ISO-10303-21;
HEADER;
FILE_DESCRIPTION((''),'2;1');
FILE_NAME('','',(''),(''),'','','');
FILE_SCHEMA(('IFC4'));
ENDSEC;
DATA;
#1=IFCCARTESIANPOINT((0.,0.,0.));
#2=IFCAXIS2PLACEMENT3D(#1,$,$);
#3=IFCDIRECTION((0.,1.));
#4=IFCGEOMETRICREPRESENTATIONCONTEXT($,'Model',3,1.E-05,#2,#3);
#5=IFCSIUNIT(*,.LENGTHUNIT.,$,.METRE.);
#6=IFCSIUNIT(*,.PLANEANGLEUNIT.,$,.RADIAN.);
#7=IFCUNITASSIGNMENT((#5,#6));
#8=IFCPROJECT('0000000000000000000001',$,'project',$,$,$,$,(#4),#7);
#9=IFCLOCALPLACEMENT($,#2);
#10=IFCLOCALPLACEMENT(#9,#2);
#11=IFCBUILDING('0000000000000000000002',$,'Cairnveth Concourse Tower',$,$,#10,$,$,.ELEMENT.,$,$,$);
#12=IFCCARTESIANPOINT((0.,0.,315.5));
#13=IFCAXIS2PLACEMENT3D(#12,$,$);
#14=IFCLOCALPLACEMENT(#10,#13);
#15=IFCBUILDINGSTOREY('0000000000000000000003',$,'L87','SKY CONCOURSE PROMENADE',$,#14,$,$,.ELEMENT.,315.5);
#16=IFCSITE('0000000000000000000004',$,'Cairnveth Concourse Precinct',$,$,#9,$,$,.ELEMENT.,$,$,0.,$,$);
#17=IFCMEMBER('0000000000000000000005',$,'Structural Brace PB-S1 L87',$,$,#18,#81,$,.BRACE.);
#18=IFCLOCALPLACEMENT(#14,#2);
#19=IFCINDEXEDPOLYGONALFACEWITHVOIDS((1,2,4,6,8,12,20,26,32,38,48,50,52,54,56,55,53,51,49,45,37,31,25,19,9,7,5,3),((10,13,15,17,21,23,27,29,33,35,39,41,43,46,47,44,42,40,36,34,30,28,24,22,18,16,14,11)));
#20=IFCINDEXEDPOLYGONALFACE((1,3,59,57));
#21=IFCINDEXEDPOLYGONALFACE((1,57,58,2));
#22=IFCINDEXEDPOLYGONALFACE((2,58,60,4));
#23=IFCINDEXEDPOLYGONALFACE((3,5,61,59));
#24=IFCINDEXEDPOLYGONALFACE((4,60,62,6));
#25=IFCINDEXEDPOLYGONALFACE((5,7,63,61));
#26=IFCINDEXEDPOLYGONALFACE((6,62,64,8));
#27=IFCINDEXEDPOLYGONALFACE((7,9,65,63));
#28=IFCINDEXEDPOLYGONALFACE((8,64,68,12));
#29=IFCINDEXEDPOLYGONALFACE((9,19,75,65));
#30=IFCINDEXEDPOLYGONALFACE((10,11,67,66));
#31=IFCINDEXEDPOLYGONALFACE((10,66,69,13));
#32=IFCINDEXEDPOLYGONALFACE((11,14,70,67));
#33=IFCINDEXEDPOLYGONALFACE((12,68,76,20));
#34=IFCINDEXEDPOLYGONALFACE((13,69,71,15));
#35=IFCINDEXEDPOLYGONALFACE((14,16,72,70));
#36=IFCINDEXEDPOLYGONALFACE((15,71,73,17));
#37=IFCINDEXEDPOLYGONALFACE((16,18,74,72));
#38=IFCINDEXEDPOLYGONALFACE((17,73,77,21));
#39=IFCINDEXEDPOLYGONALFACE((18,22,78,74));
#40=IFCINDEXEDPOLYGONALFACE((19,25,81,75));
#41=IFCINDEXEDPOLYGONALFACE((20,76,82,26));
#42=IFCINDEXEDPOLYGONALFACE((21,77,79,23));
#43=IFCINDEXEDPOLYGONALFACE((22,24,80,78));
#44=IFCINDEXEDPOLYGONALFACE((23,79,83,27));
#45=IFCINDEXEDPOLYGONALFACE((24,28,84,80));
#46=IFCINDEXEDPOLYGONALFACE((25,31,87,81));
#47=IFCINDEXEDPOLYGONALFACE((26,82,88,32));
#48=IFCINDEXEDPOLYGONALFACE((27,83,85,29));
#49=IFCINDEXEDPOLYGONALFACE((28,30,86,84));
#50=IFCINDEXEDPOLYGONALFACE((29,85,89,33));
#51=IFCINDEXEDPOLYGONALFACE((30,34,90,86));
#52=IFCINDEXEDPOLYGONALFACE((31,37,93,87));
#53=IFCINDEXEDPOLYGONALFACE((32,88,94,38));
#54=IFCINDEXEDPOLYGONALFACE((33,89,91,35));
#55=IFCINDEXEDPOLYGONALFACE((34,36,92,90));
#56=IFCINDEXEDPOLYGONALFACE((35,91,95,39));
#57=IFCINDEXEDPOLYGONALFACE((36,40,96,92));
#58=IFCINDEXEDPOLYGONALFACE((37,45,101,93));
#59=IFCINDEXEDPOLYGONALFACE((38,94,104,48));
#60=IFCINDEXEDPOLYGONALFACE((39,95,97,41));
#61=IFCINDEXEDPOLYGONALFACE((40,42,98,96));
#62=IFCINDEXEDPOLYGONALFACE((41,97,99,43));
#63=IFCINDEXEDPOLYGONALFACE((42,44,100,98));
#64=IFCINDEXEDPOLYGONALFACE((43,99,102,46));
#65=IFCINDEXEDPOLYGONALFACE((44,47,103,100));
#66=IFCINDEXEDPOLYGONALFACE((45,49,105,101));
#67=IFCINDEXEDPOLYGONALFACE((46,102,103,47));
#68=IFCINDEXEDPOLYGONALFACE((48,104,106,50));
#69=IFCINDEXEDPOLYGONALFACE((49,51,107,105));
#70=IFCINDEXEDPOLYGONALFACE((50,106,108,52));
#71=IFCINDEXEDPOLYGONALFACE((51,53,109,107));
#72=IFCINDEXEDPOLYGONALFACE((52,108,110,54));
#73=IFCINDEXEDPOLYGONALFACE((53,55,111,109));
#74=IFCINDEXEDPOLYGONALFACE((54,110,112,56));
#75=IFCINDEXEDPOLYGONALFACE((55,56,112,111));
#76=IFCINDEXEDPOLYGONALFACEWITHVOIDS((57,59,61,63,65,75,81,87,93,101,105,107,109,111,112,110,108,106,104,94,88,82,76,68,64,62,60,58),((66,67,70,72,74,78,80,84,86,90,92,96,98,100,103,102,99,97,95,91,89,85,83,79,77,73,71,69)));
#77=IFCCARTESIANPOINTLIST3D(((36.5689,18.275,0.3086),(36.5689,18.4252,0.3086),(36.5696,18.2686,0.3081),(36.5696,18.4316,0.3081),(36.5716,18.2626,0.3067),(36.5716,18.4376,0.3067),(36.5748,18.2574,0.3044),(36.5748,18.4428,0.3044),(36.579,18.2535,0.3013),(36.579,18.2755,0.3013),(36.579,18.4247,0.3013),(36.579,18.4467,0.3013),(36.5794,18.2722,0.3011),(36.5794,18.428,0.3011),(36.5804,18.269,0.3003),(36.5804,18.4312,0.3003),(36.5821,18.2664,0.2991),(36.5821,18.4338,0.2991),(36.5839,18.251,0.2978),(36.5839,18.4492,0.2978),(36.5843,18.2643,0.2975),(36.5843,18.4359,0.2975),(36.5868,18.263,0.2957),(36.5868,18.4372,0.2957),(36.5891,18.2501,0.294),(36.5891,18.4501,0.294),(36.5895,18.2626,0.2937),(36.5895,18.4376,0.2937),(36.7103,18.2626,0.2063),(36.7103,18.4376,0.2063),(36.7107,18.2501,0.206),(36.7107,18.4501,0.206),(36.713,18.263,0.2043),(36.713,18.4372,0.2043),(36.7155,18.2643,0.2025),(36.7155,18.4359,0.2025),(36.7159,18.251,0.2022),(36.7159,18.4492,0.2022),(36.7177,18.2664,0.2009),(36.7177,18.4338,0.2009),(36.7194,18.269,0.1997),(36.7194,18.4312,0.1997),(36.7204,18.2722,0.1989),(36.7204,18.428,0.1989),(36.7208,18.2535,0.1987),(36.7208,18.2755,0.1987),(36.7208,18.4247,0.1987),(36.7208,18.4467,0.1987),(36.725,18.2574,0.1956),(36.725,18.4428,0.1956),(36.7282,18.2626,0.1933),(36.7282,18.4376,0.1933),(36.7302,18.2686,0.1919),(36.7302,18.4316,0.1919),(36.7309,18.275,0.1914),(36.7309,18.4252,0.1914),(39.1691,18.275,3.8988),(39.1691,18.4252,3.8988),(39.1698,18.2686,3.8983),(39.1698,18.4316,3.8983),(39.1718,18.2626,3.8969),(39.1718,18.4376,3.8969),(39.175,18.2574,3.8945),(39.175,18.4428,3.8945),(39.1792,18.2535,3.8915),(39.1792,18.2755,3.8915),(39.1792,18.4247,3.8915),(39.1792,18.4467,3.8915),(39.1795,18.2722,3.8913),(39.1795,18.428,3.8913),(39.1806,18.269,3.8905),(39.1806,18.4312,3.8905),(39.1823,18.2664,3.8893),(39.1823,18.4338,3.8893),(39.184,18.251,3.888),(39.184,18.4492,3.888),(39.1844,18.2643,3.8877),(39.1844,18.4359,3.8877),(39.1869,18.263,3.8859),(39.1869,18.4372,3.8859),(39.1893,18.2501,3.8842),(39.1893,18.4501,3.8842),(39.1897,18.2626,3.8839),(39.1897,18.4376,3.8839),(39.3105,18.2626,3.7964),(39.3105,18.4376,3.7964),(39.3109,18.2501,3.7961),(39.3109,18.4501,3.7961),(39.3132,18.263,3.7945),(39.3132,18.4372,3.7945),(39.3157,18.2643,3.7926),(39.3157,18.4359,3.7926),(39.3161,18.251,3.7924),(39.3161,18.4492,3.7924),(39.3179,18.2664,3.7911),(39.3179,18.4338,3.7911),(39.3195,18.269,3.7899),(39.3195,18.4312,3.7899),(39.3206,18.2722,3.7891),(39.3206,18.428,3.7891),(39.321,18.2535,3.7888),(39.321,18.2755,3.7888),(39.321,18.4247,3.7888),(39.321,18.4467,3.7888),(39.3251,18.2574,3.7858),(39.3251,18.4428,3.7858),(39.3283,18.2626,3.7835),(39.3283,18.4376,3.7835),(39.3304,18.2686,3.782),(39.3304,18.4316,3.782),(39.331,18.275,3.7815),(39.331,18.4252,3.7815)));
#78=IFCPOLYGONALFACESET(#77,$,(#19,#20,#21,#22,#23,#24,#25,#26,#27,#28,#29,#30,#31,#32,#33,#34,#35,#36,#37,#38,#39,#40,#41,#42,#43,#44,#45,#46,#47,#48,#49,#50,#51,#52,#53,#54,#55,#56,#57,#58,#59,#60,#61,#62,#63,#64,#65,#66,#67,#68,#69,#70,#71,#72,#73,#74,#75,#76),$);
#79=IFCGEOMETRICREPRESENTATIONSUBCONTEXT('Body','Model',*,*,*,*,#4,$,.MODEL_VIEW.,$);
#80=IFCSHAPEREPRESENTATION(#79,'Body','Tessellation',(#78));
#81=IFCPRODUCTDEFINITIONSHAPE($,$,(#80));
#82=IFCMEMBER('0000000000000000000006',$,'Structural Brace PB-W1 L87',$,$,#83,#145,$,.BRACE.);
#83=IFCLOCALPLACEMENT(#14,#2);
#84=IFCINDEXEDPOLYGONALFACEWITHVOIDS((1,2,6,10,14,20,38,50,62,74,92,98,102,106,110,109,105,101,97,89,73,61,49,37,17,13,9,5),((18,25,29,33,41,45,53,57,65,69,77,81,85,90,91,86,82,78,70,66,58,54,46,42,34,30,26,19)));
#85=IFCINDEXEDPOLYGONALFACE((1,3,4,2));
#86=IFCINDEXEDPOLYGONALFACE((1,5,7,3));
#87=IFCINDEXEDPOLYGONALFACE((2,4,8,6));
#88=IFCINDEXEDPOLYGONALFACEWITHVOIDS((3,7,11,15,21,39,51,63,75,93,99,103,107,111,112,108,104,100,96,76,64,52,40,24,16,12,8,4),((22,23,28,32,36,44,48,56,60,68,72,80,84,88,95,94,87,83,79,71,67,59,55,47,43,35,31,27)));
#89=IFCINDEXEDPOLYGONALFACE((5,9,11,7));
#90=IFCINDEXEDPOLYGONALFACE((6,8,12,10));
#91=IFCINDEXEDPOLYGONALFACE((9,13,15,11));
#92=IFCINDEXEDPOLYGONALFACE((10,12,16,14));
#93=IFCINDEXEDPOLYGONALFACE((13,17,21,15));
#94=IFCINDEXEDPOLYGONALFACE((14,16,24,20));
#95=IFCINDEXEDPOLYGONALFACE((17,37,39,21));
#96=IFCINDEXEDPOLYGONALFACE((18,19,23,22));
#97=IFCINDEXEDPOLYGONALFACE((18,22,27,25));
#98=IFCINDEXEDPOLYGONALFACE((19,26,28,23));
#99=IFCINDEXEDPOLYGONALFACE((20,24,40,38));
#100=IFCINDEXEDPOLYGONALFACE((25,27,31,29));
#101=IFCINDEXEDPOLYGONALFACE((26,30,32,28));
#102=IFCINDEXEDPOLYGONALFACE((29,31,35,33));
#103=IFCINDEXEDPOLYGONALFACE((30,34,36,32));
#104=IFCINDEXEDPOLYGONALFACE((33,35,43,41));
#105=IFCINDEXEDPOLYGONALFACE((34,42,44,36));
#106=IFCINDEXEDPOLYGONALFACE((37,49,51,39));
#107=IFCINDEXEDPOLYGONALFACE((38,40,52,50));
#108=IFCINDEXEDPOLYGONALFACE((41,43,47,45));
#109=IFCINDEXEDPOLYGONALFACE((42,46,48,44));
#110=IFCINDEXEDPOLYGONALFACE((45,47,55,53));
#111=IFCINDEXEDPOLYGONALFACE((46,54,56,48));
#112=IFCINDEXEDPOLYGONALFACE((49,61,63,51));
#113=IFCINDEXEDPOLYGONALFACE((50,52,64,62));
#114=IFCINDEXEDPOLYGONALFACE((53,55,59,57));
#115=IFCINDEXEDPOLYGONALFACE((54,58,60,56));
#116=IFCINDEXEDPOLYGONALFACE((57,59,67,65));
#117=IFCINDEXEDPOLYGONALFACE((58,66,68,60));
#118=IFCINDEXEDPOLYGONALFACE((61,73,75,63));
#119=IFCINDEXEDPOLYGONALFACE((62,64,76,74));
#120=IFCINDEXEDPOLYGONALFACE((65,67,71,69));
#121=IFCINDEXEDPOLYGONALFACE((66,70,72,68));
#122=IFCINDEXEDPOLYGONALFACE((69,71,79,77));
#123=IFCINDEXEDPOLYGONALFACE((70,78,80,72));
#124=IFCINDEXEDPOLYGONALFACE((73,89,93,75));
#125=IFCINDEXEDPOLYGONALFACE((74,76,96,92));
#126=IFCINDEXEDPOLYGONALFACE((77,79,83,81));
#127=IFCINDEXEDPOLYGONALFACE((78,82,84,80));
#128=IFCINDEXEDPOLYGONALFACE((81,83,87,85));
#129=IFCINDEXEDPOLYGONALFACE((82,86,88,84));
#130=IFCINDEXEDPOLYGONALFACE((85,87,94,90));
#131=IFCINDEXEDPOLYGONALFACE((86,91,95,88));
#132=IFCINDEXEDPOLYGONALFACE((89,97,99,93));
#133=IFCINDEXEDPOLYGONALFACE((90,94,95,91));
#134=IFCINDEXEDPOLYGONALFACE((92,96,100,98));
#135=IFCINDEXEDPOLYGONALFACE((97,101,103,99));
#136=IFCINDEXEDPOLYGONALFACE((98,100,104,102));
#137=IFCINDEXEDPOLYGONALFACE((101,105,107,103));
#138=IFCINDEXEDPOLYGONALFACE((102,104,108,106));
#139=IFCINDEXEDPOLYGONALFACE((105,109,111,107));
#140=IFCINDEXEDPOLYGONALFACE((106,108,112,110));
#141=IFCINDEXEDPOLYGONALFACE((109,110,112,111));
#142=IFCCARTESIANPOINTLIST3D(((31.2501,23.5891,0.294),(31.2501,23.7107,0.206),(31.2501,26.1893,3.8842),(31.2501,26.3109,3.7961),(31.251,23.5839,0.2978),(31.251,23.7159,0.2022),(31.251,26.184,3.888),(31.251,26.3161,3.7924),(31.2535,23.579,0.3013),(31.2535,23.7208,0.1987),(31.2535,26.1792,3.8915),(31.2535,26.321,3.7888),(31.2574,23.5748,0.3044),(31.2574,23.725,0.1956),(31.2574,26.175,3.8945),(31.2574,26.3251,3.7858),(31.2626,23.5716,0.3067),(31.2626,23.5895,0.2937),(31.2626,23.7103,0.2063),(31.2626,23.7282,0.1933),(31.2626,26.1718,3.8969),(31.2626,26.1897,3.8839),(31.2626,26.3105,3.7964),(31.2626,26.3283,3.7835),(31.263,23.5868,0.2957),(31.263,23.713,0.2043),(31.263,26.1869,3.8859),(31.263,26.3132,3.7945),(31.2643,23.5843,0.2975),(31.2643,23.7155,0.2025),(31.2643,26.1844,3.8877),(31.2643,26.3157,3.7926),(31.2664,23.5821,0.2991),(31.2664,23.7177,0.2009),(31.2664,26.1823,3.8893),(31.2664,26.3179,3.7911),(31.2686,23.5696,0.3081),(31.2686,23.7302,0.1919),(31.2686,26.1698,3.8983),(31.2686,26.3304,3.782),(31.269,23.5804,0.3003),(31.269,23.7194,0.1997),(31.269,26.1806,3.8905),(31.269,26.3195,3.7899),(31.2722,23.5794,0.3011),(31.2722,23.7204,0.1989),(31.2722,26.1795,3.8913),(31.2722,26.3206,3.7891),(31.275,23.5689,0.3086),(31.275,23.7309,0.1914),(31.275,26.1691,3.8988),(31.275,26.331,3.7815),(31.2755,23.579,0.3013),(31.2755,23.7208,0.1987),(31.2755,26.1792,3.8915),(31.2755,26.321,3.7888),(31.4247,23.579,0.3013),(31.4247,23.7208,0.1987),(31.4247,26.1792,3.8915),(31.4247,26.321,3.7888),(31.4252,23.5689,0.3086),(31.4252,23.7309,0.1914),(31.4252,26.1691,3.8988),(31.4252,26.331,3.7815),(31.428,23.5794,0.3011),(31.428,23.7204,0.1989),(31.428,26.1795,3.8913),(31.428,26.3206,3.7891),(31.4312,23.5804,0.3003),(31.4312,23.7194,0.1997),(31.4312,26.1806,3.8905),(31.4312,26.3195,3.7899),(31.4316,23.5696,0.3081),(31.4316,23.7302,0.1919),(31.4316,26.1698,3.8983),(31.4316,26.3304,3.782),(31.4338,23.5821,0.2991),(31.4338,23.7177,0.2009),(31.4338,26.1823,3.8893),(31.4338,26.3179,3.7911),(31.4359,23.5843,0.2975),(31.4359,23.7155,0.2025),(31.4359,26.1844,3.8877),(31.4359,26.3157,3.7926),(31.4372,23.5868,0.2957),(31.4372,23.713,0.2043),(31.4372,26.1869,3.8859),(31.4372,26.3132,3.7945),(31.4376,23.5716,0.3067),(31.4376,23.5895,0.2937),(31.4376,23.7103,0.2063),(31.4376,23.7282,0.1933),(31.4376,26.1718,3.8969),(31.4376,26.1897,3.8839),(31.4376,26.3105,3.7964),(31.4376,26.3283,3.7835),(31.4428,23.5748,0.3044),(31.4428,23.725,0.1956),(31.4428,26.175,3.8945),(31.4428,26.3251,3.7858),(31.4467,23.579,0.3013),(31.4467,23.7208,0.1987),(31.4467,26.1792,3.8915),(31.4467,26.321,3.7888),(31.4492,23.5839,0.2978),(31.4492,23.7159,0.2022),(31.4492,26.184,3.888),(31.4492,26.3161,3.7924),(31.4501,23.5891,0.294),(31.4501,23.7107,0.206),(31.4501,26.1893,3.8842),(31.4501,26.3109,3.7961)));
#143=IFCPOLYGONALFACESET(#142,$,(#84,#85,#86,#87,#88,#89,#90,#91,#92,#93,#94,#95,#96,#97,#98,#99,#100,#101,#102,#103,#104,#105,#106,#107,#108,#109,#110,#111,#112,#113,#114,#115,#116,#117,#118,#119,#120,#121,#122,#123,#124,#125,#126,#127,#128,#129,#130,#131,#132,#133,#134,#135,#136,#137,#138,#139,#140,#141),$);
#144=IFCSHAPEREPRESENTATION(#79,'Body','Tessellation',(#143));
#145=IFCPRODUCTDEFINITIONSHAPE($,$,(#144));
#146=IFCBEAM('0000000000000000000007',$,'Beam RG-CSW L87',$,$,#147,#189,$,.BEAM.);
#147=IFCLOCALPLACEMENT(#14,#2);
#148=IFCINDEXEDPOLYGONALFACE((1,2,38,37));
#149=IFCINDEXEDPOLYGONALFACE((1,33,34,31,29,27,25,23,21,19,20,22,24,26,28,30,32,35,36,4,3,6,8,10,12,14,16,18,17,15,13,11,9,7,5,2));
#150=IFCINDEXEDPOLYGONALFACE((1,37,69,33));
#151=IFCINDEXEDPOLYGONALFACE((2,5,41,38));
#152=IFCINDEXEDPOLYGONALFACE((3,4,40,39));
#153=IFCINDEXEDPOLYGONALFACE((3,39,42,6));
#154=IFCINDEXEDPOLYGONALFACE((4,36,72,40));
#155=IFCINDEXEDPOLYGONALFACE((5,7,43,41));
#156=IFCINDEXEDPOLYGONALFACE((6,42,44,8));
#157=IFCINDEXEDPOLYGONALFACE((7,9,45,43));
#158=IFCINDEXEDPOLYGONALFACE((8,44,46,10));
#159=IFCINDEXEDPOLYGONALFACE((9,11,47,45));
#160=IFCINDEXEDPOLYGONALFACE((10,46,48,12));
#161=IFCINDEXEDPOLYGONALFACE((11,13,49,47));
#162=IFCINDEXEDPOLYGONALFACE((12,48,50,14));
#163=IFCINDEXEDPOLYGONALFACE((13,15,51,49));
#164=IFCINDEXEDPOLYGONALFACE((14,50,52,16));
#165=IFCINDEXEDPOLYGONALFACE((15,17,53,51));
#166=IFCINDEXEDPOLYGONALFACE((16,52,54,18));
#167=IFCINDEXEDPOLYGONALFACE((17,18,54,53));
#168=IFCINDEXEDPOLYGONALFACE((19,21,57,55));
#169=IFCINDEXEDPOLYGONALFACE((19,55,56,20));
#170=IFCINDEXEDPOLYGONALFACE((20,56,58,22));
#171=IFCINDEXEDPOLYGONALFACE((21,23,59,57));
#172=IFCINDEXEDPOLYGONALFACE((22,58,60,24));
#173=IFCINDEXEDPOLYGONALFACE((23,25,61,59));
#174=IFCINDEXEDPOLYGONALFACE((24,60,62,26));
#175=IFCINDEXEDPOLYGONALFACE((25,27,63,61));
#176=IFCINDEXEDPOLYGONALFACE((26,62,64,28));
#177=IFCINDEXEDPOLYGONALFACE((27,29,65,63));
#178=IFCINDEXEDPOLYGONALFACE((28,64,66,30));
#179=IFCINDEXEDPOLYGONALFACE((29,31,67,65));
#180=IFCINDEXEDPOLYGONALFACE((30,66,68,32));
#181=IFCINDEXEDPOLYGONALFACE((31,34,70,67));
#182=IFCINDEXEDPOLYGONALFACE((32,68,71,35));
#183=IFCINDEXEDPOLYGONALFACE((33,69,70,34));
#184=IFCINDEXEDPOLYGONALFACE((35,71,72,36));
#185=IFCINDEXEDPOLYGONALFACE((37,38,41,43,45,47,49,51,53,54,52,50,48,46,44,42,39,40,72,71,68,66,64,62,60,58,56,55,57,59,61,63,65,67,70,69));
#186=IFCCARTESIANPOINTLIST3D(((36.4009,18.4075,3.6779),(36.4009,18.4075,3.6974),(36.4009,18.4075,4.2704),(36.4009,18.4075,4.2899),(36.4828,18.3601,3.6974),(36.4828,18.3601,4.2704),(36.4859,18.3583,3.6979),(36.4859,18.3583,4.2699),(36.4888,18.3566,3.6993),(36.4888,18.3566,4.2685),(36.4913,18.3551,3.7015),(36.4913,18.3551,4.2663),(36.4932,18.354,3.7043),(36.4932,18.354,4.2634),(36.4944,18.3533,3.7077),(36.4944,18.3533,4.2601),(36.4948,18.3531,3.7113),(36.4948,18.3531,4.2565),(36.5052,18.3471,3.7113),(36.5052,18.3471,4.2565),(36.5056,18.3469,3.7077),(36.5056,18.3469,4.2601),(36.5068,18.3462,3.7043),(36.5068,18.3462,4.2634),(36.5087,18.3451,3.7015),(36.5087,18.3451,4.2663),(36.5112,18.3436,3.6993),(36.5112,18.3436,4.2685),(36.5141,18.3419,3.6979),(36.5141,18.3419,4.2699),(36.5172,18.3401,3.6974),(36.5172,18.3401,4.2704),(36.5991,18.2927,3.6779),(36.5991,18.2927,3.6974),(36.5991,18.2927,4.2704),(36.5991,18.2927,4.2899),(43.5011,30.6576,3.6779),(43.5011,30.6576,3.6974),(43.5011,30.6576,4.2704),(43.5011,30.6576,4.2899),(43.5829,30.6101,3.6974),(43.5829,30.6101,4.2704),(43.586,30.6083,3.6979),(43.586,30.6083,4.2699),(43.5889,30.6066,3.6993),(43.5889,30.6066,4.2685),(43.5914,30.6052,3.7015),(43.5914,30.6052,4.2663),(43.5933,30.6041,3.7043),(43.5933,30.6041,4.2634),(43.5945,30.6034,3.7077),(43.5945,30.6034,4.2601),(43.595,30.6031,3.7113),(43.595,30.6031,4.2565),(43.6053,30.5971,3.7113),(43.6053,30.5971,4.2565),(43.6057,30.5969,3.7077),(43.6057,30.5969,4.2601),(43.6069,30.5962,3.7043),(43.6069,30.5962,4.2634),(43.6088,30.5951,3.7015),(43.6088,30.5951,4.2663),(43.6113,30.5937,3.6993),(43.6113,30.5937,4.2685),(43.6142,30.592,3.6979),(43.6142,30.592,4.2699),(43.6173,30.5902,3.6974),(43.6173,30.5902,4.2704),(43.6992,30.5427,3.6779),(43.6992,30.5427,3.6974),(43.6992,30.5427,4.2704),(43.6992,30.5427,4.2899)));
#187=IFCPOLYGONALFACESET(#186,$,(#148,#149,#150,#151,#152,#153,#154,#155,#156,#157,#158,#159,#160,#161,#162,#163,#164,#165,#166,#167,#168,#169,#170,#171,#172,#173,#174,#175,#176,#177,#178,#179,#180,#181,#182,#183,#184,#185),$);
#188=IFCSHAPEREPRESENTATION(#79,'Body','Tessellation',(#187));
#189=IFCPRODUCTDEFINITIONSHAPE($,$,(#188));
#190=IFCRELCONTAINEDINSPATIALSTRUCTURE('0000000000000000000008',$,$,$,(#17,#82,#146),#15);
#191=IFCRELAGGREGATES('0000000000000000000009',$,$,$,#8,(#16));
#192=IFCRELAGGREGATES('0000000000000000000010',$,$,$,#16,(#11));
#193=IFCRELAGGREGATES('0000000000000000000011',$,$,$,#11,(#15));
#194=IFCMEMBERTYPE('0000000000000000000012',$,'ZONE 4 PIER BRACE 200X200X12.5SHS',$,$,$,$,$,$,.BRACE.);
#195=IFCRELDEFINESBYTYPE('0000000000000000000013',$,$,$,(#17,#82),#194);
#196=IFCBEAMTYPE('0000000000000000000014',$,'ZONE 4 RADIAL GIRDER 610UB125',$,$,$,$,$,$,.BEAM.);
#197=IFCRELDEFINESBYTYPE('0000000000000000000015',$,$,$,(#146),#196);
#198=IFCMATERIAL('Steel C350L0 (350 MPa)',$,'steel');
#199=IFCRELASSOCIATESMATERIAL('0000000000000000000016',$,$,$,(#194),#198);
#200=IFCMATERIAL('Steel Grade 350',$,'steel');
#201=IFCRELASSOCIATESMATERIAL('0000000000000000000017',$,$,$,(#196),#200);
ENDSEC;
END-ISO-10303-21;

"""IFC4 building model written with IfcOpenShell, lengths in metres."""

from ifc_helpers import new_model, si_unit, direction, frame, origin, origin_2d, place, context, subcontext, project, spatial, hollow_rectangle, i_section, extrude, material, material_profile, profile_set, type_object, element, save


model = new_model("IFC4")

# Units and contexts
model_context = context("Model", 3, precision=1e-05, world=origin(), true_north=direction((0.0, 1.0)))
body_context = subcontext(model_context, "Body", "Model", "MODEL_VIEW")
ifc_project = project(units=[si_unit("LENGTHUNIT", "METRE"), si_unit("PLANEANGLEUNIT", "RADIAN")], contexts=[model_context])

# Site, building, storey
site_placement = place(None, origin())
site = spatial("IfcSite", under=ifc_project, at=site_placement, Name="Cairnveth Concourse Precinct", CompositionType="ELEMENT", RefElevation=0.0)
building_placement = place(site_placement, origin())
building = spatial("IfcBuilding", under=site, at=building_placement, Name="Cairnveth Concourse Tower", CompositionType="ELEMENT")
storey_placement = place(building_placement, frame((0.0, 0.0, 315.5)))
storey = spatial("IfcBuildingStorey", under=building, at=storey_placement, Name="L87", Description="SKY CONCOURSE PROMENADE", CompositionType="ELEMENT", Elevation=315.5)

# Shared definitions
ifc_material_1 = material(Name="Steel Grade 350", Category="steel")

# Members
ifc_material_2 = material(Name="Steel C350L0 (350 MPa)", Category="steel")
ifc_material_profile_1 = material_profile(ifc_material_2, hollow_rectangle(XDim=0.2, YDim=0.2, WallThickness=0.0125, InnerFilletRadius=0.0129, OuterFilletRadius=0.0249, at=origin_2d()), Name="200x200x12.5SHS")
ifc_profile_set_1 = profile_set([ifc_material_profile_1], Name="Steel C350L0 (350 MPa)")
member_type = type_object("IfcMemberType", Name="ZONE 4 PIER BRACE 200X200X12.5SHS", PredefinedType="BRACE", material=ifc_profile_set_1)
for number, where, z_axis, x_axis, name in (
    (1, (36.6499, 18.3501, 0.25), (0.586566, 0.0, 0.809902), (0.0, 1.0, 0.0), "Structural Brace PB-S1 L87"),
    (2, (31.3501, 23.6499, 0.25), (0.0, 0.586566, 0.809902), (-1.0, 0.0, 0.0), "Structural Brace PB-W1 L87"),
):
    element("IfcMember", number, at=place(storey_placement, frame(where, z_axis=z_axis, x_axis=x_axis)), inside=storey, type_object=member_type, Name=name, PredefinedType="BRACE", context=body_context, shape_type="SweptSolid", body=[
        extrude(hollow_rectangle(XDim=0.2, YDim=0.2, WallThickness=0.0125, InnerFilletRadius=0.0129, OuterFilletRadius=0.0249, at=origin_2d()), origin(), (0.0, 0.0, 1.0), 4.4329),
    ])

# Beam
ifc_material_profile_2 = material_profile(ifc_material_1, i_section(OverallWidth=0.229, OverallDepth=0.6121, WebThickness=0.012, FlangeThickness=0.0195, FilletRadius=0.0139, at=origin_2d()), Name="610UB125")
ifc_profile_set_2 = profile_set([ifc_material_profile_2], Name="Steel Grade 350")
beam_type_1 = type_object("IfcBeamType", Name="ZONE 4 RADIAL GIRDER 610UB125", PredefinedType="BEAM", material=ifc_profile_set_2)
beam_1_placement = place(storey_placement, frame((36.5, 18.3501, 3.9839), z_axis=(0.501459, 0.865181, 0.0), x_axis=(-0.865181, 0.501459, 0.0)))
element("IfcBeam", 3, at=beam_1_placement, inside=storey, type_object=beam_type_1, Name="Beam RG-CSW L87", PredefinedType="BEAM", context=body_context, shape_type="SweptSolid", body=[
    extrude(i_section(OverallWidth=0.229, OverallDepth=0.6121, WebThickness=0.012, FlangeThickness=0.0195, FilletRadius=0.0139, at=origin_2d()), origin(), (0.0, 0.0, 1.0), 14.1589),
])

save(model, "model.ifc")
